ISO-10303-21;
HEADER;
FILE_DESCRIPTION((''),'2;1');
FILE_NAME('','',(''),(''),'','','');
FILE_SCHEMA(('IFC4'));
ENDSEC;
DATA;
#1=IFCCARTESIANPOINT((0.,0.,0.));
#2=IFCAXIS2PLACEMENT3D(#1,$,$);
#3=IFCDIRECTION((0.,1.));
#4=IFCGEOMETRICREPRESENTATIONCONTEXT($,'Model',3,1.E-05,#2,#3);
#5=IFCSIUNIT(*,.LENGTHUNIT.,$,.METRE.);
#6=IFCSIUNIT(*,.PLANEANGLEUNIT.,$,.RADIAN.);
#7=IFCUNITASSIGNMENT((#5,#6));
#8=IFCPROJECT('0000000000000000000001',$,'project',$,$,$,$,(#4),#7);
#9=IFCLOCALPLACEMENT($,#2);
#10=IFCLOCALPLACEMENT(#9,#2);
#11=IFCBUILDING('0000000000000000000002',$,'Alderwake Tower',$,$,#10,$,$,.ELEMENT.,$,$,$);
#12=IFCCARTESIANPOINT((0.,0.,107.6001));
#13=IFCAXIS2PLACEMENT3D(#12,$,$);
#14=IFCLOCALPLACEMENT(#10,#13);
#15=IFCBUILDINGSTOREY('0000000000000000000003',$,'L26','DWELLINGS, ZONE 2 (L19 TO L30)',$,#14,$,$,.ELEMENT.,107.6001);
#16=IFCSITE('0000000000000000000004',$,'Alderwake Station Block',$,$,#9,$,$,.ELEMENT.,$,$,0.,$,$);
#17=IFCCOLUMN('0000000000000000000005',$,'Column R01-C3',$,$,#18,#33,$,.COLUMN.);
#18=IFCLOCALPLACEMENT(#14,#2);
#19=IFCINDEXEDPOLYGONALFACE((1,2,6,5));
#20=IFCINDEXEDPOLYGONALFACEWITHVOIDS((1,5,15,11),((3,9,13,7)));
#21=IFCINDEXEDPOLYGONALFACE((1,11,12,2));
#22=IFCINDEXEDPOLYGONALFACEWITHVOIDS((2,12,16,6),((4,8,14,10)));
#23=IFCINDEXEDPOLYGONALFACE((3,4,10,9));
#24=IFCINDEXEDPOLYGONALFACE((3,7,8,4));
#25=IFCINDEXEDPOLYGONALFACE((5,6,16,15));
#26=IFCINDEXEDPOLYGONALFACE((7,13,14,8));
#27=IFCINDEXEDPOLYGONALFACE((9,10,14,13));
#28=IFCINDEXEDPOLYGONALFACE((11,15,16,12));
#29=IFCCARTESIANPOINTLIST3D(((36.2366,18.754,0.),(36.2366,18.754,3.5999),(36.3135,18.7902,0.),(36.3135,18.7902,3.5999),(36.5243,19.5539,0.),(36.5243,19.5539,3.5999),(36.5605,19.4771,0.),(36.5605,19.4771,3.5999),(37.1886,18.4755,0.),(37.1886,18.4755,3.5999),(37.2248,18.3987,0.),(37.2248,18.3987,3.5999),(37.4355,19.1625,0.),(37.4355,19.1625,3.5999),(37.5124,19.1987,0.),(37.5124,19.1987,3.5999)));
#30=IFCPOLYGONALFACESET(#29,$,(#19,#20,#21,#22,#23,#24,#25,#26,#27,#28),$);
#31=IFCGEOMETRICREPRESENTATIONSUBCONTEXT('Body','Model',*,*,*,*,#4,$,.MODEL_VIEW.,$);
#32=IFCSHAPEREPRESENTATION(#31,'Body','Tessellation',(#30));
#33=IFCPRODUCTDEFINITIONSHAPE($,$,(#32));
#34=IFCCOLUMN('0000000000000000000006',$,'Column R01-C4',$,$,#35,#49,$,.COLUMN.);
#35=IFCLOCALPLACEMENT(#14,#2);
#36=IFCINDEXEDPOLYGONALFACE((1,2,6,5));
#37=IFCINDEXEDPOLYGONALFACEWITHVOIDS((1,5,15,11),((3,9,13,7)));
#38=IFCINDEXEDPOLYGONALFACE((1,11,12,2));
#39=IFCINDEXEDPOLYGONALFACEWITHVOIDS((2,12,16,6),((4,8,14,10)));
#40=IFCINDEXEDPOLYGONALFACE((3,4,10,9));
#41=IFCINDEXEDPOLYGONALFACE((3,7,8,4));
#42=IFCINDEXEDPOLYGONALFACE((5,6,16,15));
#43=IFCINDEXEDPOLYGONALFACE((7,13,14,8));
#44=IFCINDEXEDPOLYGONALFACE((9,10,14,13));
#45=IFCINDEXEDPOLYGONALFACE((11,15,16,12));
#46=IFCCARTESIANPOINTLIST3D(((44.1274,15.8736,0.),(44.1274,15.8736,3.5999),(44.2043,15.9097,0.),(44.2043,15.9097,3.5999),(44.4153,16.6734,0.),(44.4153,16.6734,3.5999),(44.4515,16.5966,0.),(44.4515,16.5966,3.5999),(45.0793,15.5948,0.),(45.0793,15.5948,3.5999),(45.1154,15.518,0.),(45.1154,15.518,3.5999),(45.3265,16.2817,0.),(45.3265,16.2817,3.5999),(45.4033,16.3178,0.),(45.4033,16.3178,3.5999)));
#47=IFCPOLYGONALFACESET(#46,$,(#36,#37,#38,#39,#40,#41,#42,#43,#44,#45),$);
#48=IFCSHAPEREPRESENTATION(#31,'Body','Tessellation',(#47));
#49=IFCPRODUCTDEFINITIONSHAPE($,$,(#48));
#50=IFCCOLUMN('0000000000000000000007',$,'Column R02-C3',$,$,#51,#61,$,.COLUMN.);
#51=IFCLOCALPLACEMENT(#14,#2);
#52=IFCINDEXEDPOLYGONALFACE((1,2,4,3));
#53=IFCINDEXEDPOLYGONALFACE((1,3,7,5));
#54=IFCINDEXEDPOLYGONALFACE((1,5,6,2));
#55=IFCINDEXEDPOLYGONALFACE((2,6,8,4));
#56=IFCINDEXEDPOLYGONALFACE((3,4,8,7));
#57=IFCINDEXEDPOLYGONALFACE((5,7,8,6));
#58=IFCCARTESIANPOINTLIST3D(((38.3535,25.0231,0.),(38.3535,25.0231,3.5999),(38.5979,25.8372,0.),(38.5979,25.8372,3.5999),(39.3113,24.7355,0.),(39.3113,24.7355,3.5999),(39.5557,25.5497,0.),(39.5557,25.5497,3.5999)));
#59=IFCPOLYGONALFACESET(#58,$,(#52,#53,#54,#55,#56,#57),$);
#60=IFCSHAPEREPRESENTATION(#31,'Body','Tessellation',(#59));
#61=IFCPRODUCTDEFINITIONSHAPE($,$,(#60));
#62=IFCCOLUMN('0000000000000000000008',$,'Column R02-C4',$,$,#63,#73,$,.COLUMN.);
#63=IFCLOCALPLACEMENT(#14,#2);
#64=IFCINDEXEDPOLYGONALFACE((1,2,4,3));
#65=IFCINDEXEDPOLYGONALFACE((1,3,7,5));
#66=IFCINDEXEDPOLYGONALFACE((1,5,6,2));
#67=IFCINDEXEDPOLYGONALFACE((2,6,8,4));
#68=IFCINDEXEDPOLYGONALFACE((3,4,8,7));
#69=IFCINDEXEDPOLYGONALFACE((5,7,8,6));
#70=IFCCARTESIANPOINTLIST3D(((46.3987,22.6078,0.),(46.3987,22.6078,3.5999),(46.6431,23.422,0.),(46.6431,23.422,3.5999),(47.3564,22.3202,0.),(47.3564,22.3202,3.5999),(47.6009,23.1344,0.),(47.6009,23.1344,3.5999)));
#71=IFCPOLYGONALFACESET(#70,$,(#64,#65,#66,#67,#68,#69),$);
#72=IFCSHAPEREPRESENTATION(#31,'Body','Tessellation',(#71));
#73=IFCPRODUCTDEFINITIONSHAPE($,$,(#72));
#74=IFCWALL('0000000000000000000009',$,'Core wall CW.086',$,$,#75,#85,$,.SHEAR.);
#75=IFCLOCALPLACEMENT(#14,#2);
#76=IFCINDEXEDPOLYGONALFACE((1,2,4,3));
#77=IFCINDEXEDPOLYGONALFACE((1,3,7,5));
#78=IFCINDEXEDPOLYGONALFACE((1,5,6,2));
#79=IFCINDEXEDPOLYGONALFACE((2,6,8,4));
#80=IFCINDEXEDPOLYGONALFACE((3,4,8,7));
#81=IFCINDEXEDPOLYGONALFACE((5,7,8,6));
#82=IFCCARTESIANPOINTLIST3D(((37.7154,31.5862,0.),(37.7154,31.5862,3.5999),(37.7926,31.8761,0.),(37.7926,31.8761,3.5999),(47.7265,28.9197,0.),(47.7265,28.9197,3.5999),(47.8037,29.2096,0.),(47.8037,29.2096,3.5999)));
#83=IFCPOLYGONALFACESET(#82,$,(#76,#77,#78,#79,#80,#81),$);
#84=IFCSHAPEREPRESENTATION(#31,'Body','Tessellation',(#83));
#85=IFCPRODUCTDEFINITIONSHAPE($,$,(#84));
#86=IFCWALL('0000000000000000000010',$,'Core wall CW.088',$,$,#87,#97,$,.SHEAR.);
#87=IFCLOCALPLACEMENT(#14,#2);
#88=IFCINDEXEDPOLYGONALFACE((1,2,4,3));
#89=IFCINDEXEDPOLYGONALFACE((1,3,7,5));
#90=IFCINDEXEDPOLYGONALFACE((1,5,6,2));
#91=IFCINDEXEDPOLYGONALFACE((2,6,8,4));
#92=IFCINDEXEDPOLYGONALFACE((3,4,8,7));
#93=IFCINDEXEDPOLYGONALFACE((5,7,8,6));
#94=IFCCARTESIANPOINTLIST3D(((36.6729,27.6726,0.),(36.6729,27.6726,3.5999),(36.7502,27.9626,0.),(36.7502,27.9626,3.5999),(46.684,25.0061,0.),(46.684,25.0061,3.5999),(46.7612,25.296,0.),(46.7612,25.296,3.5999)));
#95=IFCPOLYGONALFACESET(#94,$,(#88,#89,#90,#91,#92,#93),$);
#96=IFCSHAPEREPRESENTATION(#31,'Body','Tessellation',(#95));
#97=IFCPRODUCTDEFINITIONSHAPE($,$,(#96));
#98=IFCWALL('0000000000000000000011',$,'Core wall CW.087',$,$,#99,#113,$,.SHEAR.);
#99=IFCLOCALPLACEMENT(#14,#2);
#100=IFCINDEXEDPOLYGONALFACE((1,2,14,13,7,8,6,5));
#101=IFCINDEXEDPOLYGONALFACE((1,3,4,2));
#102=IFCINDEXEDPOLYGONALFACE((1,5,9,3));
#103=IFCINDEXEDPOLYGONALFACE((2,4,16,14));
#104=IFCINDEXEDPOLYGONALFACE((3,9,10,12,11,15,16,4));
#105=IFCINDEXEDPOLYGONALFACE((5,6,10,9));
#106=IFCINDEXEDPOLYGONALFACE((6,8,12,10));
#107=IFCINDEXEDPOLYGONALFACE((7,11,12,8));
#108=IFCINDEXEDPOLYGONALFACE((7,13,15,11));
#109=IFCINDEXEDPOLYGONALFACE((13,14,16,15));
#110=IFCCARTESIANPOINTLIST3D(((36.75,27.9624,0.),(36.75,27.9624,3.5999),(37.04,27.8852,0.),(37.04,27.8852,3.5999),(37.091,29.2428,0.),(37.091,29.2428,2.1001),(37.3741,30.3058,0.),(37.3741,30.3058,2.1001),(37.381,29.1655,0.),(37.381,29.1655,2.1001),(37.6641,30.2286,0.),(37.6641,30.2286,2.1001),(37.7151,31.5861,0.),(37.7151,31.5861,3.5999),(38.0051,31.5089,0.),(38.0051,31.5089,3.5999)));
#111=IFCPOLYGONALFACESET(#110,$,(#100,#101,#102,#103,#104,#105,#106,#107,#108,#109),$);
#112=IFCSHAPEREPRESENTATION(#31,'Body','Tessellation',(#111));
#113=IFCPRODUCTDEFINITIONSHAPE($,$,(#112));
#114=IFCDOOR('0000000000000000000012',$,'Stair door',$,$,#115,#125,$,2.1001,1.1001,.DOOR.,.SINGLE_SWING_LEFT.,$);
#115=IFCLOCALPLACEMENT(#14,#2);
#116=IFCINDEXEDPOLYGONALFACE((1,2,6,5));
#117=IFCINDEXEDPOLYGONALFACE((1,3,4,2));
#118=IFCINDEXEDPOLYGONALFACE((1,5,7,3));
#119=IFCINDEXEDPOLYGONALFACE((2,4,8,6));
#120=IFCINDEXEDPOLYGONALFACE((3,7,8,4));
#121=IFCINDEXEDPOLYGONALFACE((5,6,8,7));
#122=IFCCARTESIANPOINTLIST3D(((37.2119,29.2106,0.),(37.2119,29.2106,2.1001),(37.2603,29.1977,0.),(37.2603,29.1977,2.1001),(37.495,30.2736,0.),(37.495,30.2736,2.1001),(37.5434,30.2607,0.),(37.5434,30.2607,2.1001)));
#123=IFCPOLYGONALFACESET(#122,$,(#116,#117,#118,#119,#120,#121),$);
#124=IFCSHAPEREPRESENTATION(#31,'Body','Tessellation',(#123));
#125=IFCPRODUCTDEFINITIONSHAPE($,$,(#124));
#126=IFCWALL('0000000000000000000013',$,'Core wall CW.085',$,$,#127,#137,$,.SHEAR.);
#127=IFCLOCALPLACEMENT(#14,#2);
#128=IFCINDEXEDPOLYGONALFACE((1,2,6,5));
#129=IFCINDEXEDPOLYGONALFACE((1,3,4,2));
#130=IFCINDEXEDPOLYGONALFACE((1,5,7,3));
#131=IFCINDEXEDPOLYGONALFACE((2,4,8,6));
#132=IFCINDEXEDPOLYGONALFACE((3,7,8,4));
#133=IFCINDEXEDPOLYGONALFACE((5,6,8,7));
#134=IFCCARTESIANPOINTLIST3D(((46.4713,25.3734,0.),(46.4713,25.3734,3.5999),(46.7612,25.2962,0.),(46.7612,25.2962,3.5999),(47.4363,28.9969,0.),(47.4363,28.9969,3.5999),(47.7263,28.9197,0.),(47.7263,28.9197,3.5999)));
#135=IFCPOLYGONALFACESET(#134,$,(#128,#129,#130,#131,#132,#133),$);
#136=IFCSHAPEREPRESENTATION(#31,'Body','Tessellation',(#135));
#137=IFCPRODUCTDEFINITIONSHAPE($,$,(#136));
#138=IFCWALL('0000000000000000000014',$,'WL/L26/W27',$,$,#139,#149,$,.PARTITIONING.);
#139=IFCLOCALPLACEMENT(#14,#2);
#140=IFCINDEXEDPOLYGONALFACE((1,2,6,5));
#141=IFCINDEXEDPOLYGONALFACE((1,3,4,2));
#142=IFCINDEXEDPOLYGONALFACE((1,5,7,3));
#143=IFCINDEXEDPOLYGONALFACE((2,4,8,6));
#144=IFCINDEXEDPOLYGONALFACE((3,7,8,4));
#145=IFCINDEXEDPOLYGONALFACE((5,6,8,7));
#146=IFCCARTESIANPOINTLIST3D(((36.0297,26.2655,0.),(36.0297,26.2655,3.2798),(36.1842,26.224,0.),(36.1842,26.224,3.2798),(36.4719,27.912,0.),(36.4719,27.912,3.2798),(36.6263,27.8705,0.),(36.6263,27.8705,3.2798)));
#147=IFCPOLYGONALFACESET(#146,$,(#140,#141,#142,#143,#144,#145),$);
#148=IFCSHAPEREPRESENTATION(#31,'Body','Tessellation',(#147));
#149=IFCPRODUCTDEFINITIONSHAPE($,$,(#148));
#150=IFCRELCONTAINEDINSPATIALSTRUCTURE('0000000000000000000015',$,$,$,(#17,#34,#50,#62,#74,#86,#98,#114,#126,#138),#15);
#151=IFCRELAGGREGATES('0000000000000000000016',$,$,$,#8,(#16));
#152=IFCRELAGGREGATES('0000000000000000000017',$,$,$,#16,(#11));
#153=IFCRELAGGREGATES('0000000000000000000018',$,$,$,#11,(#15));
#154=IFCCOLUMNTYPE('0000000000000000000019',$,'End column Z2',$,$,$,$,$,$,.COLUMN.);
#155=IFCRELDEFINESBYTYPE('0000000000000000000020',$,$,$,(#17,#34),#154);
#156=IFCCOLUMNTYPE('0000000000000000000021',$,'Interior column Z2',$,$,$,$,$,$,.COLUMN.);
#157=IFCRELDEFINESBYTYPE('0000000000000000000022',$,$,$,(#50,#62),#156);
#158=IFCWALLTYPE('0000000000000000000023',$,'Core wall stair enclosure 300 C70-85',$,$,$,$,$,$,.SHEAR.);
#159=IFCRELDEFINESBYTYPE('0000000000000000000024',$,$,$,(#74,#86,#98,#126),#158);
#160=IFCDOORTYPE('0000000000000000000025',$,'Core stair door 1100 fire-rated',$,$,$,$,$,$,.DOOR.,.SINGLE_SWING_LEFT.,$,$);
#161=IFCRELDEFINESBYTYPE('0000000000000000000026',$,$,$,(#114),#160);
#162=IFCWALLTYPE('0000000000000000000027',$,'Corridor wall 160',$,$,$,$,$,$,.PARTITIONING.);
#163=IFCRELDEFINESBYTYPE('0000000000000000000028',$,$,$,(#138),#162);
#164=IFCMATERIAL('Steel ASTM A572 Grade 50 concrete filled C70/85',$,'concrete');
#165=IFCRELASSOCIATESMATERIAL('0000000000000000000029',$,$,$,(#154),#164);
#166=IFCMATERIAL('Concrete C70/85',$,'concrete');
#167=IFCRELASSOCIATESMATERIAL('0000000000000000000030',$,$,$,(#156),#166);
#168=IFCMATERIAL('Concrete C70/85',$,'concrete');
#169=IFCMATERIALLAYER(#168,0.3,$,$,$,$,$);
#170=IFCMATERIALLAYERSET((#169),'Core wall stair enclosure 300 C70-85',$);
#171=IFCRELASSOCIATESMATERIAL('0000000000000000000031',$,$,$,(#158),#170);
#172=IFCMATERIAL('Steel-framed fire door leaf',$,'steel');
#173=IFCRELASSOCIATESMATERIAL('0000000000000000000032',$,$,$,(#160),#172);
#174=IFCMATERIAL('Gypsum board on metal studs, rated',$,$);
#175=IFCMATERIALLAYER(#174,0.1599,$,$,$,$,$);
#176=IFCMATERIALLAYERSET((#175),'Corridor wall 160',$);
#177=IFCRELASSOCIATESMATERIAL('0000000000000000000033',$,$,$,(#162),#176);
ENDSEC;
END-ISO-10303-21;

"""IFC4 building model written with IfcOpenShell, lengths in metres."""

from ifc_helpers import new_model, si_unit, direction, frame, frame_2d, origin, origin_2d, place, context, subcontext, project, spatial, rectangle, hollow_rectangle, extrude, material, layer, layer_set, material_profile, profile_set, type_object, element, fill, save


model = new_model("IFC4")

# Units and contexts
model_context = context("Model", 3, precision=1e-05, world=origin(), true_north=direction((0.0, 1.0)))
body_context = subcontext(model_context, "Body", "Model", "MODEL_VIEW")
ifc_project = project(units=[si_unit("LENGTHUNIT", "METRE"), si_unit("PLANEANGLEUNIT", "RADIAN")], contexts=[model_context])

# Site, building, storey
site_placement = place(None, origin())
site = spatial("IfcSite", under=ifc_project, at=site_placement, Name="Alderwake Station Block", CompositionType="ELEMENT", RefElevation=0.0)
building_placement = place(site_placement, origin())
building = spatial("IfcBuilding", under=site, at=building_placement, Name="Alderwake Tower", CompositionType="ELEMENT")
storey_placement = place(building_placement, frame((0.0, 0.0, 107.6001)))
storey = spatial("IfcBuildingStorey", under=building, at=storey_placement, Name="L26", Description="DWELLINGS, ZONE 2 (L19 TO L30)", CompositionType="ELEMENT", Elevation=107.6001)

# Columns
ifc_material_1 = material(Name="Steel ASTM A572 Grade 50 concrete filled C70/85", Category="concrete")
ifc_material_profile_1 = material_profile(ifc_material_1, hollow_rectangle(XDim=0.8501, YDim=1.05, WallThickness=0.0601, at=origin_2d()), Name="BOX 1050X850X60")
ifc_profile_set_1 = profile_set([ifc_material_profile_1], Name="Steel ASTM A572 Grade 50 concrete filled C70/85")
column_type_1 = type_object("IfcColumnType", Name="End column Z2", PredefinedType="COLUMN", material=ifc_profile_set_1)
for number, where, z_axis, x_axis, name in (
    (1, (36.8745, 18.9763, 0.0), (0.0, 0.0, 1.0), (0.338355, 0.941018, 0.0), "Column R01-C3"),
    (2, (44.7654, 16.0957, 0.0), (0.0, 0.0, 1.0), (0.338644, 0.940914, 0.0), "Column R01-C4"),
):
    element("IfcColumn", number, at=place(storey_placement, frame(where, z_axis=z_axis, x_axis=x_axis)), inside=storey, type_object=column_type_1, Name=name, PredefinedType="COLUMN", context=body_context, shape_type="SweptSolid", body=[
        extrude(hollow_rectangle(XDim=0.8501, YDim=1.05, WallThickness=0.0601, at=origin_2d()), origin(), (0.0, 0.0, 1.0), 3.5999),
    ])
ifc_material_2 = material(Name="Concrete C70/85", Category="concrete")
ifc_material_profile_2 = material_profile(ifc_material_2, rectangle(XDim=0.8501, YDim=1.0, at=origin_2d()), Name="RC 1000X850")
ifc_profile_set_2 = profile_set([ifc_material_profile_2], Name="Concrete C70/85")
column_type_2 = type_object("IfcColumnType", Name="Interior column Z2", PredefinedType="COLUMN", material=ifc_profile_set_2)
for number, where, z_axis, x_axis, name in (
    (3, (38.9546, 25.2864, 0.0), (0.0, 0.0, 1.0), (0.287549, 0.957766, 0.0), "Column R02-C3"),
    (4, (46.9998, 22.8711, 0.0), (0.0, 0.0, 1.0), (0.287549, 0.957766, 0.0), "Column R02-C4"),
):
    element("IfcColumn", number, at=place(storey_placement, frame(where, z_axis=z_axis, x_axis=x_axis)), inside=storey, type_object=column_type_2, Name=name, PredefinedType="COLUMN", context=body_context, shape_type="SweptSolid", body=[
        extrude(rectangle(XDim=0.8501, YDim=1.0, at=origin_2d()), origin(), (0.0, 0.0, 1.0), 3.5999),
    ])

# Walls
ifc_material_3 = material(Name="Concrete C70/85", Category="concrete")
ifc_layer_1 = layer(ifc_material_3, 0.3)
ifc_layer_set_1 = layer_set([ifc_layer_1], Name="Core wall stair enclosure 300 C70-85")
wall_type_1 = type_object("IfcWallType", Name="Core wall stair enclosure 300 C70-85", PredefinedType="SHEAR", material=ifc_layer_set_1)
for number, where, z_axis, x_axis, name in (
    (5, (37.7539, 31.7312, 0.0), (0.0, 0.0, 1.0), (0.966309, -0.257384, 0.0), "Core wall CW.086"),
    (6, (36.7114, 27.8176, 0.0), (0.0, 0.0, 1.0), (0.966309, -0.257384, 0.0), "Core wall CW.088"),
):
    element("IfcWall", number, at=place(storey_placement, frame(where, z_axis=z_axis, x_axis=x_axis)), inside=storey, type_object=wall_type_1, Name=name, PredefinedType="SHEAR", context=body_context, shape_type="SweptSolid", body=[
        extrude(rectangle(XDim=10.3601, YDim=0.3, at=frame_2d((5.1802, 0.0))), origin(), (0.0, 0.0, 1.0), 3.5999),
    ])

# Wall, opening, door
wall_1_placement = place(storey_placement, frame((36.895, 27.9238, 0.0), z_axis=(0.0, 0.0, 1.0), x_axis=(0.257351, 0.966318, 0.0)))
wall_1 = element("IfcWall", 7, at=wall_1_placement, inside=storey, type_object=wall_type_1, Name="Core wall CW.087", PredefinedType="SHEAR", context=body_context, shape_type="SweptSolid", body=[
    extrude(rectangle(XDim=3.75, YDim=0.3, at=frame_2d((1.875, 0.0))), origin(), (0.0, 0.0, 1.0), 3.5999),
])
opening_1_placement = place(wall_1_placement, frame((1.325, 0.0, 0.0)))
opening_1 = element("IfcOpeningElement", 8, at=opening_1_placement, cuts=wall_1, PredefinedType="OPENING", context=body_context, shape_type="SweptSolid", body=[
    extrude(rectangle(XDim=1.1001, YDim=2.1001, at=frame_2d((0.55, 1.05))), frame((0.0, 0.1599, 0.0), z_axis=(0.0, -1.0, 0.0), x_axis=(1.0, 0.0, 0.0)), (0.0, 0.0, 1.0), 0.3201),
])
ifc_material_4 = material(Name="Steel-framed fire door leaf", Category="steel")
door_type_1 = type_object("IfcDoorType", Name="Core stair door 1100 fire-rated", OperationType="SINGLE_SWING_LEFT", PredefinedType="DOOR", material=ifc_material_4)
door_1_placement = place(opening_1_placement, origin())
door_1 = element("IfcDoor", 9, at=door_1_placement, inside=storey, type_object=door_type_1, Name="Stair door", OperationType="SINGLE_SWING_LEFT", OverallHeight=2.1001, OverallWidth=1.1001, PredefinedType="DOOR", context=body_context, shape_type="SweptSolid", body=[
    extrude(rectangle(XDim=1.1001, YDim=2.1001, at=frame_2d((0.55, 1.05))), frame((0.0, 0.0249, 0.0), z_axis=(0.0, -1.0, 0.0), x_axis=(1.0, 0.0, 0.0)), (0.0, 0.0, 1.0), 0.05),
])
fill(opening_1, door_1)

# Walls
wall_2_placement = place(storey_placement, frame((46.6162, 25.3347, 0.0), z_axis=(0.0, 0.0, 1.0), x_axis=(0.257367, 0.966314, 0.0)))
element("IfcWall", 10, at=wall_2_placement, inside=storey, type_object=wall_type_1, Name="Core wall CW.085", PredefinedType="SHEAR", context=body_context, shape_type="SweptSolid", body=[
    extrude(rectangle(XDim=3.7498, YDim=0.3, at=frame_2d((1.875, 0.0))), origin(), (0.0, 0.0, 1.0), 3.5999),
])
ifc_material_5 = material(Name="Gypsum board on metal studs, rated")
ifc_layer_2 = layer(ifc_material_5, 0.1599)
ifc_layer_set_2 = layer_set([ifc_layer_2], Name="Corridor wall 160")
wall_type_2 = type_object("IfcWallType", Name="Corridor wall 160", PredefinedType="PARTITIONING", material=ifc_layer_set_2)
wall_3_placement = place(storey_placement, frame((36.1069, 26.2446, 0.0), z_axis=(0.0, 0.0, 1.0), x_axis=(0.259347, 0.965784, 0.0)))
element("IfcWall", 11, at=wall_3_placement, inside=storey, type_object=wall_type_2, Name="WL/L26/W27", PredefinedType="PARTITIONING", context=body_context, shape_type="SweptSolid", body=[
    extrude(rectangle(XDim=1.7048, YDim=0.1599, at=frame_2d((0.8525, 0.0))), origin(), (0.0, 0.0, 1.0), 3.2798),
])

save(model, "model.ifc")
